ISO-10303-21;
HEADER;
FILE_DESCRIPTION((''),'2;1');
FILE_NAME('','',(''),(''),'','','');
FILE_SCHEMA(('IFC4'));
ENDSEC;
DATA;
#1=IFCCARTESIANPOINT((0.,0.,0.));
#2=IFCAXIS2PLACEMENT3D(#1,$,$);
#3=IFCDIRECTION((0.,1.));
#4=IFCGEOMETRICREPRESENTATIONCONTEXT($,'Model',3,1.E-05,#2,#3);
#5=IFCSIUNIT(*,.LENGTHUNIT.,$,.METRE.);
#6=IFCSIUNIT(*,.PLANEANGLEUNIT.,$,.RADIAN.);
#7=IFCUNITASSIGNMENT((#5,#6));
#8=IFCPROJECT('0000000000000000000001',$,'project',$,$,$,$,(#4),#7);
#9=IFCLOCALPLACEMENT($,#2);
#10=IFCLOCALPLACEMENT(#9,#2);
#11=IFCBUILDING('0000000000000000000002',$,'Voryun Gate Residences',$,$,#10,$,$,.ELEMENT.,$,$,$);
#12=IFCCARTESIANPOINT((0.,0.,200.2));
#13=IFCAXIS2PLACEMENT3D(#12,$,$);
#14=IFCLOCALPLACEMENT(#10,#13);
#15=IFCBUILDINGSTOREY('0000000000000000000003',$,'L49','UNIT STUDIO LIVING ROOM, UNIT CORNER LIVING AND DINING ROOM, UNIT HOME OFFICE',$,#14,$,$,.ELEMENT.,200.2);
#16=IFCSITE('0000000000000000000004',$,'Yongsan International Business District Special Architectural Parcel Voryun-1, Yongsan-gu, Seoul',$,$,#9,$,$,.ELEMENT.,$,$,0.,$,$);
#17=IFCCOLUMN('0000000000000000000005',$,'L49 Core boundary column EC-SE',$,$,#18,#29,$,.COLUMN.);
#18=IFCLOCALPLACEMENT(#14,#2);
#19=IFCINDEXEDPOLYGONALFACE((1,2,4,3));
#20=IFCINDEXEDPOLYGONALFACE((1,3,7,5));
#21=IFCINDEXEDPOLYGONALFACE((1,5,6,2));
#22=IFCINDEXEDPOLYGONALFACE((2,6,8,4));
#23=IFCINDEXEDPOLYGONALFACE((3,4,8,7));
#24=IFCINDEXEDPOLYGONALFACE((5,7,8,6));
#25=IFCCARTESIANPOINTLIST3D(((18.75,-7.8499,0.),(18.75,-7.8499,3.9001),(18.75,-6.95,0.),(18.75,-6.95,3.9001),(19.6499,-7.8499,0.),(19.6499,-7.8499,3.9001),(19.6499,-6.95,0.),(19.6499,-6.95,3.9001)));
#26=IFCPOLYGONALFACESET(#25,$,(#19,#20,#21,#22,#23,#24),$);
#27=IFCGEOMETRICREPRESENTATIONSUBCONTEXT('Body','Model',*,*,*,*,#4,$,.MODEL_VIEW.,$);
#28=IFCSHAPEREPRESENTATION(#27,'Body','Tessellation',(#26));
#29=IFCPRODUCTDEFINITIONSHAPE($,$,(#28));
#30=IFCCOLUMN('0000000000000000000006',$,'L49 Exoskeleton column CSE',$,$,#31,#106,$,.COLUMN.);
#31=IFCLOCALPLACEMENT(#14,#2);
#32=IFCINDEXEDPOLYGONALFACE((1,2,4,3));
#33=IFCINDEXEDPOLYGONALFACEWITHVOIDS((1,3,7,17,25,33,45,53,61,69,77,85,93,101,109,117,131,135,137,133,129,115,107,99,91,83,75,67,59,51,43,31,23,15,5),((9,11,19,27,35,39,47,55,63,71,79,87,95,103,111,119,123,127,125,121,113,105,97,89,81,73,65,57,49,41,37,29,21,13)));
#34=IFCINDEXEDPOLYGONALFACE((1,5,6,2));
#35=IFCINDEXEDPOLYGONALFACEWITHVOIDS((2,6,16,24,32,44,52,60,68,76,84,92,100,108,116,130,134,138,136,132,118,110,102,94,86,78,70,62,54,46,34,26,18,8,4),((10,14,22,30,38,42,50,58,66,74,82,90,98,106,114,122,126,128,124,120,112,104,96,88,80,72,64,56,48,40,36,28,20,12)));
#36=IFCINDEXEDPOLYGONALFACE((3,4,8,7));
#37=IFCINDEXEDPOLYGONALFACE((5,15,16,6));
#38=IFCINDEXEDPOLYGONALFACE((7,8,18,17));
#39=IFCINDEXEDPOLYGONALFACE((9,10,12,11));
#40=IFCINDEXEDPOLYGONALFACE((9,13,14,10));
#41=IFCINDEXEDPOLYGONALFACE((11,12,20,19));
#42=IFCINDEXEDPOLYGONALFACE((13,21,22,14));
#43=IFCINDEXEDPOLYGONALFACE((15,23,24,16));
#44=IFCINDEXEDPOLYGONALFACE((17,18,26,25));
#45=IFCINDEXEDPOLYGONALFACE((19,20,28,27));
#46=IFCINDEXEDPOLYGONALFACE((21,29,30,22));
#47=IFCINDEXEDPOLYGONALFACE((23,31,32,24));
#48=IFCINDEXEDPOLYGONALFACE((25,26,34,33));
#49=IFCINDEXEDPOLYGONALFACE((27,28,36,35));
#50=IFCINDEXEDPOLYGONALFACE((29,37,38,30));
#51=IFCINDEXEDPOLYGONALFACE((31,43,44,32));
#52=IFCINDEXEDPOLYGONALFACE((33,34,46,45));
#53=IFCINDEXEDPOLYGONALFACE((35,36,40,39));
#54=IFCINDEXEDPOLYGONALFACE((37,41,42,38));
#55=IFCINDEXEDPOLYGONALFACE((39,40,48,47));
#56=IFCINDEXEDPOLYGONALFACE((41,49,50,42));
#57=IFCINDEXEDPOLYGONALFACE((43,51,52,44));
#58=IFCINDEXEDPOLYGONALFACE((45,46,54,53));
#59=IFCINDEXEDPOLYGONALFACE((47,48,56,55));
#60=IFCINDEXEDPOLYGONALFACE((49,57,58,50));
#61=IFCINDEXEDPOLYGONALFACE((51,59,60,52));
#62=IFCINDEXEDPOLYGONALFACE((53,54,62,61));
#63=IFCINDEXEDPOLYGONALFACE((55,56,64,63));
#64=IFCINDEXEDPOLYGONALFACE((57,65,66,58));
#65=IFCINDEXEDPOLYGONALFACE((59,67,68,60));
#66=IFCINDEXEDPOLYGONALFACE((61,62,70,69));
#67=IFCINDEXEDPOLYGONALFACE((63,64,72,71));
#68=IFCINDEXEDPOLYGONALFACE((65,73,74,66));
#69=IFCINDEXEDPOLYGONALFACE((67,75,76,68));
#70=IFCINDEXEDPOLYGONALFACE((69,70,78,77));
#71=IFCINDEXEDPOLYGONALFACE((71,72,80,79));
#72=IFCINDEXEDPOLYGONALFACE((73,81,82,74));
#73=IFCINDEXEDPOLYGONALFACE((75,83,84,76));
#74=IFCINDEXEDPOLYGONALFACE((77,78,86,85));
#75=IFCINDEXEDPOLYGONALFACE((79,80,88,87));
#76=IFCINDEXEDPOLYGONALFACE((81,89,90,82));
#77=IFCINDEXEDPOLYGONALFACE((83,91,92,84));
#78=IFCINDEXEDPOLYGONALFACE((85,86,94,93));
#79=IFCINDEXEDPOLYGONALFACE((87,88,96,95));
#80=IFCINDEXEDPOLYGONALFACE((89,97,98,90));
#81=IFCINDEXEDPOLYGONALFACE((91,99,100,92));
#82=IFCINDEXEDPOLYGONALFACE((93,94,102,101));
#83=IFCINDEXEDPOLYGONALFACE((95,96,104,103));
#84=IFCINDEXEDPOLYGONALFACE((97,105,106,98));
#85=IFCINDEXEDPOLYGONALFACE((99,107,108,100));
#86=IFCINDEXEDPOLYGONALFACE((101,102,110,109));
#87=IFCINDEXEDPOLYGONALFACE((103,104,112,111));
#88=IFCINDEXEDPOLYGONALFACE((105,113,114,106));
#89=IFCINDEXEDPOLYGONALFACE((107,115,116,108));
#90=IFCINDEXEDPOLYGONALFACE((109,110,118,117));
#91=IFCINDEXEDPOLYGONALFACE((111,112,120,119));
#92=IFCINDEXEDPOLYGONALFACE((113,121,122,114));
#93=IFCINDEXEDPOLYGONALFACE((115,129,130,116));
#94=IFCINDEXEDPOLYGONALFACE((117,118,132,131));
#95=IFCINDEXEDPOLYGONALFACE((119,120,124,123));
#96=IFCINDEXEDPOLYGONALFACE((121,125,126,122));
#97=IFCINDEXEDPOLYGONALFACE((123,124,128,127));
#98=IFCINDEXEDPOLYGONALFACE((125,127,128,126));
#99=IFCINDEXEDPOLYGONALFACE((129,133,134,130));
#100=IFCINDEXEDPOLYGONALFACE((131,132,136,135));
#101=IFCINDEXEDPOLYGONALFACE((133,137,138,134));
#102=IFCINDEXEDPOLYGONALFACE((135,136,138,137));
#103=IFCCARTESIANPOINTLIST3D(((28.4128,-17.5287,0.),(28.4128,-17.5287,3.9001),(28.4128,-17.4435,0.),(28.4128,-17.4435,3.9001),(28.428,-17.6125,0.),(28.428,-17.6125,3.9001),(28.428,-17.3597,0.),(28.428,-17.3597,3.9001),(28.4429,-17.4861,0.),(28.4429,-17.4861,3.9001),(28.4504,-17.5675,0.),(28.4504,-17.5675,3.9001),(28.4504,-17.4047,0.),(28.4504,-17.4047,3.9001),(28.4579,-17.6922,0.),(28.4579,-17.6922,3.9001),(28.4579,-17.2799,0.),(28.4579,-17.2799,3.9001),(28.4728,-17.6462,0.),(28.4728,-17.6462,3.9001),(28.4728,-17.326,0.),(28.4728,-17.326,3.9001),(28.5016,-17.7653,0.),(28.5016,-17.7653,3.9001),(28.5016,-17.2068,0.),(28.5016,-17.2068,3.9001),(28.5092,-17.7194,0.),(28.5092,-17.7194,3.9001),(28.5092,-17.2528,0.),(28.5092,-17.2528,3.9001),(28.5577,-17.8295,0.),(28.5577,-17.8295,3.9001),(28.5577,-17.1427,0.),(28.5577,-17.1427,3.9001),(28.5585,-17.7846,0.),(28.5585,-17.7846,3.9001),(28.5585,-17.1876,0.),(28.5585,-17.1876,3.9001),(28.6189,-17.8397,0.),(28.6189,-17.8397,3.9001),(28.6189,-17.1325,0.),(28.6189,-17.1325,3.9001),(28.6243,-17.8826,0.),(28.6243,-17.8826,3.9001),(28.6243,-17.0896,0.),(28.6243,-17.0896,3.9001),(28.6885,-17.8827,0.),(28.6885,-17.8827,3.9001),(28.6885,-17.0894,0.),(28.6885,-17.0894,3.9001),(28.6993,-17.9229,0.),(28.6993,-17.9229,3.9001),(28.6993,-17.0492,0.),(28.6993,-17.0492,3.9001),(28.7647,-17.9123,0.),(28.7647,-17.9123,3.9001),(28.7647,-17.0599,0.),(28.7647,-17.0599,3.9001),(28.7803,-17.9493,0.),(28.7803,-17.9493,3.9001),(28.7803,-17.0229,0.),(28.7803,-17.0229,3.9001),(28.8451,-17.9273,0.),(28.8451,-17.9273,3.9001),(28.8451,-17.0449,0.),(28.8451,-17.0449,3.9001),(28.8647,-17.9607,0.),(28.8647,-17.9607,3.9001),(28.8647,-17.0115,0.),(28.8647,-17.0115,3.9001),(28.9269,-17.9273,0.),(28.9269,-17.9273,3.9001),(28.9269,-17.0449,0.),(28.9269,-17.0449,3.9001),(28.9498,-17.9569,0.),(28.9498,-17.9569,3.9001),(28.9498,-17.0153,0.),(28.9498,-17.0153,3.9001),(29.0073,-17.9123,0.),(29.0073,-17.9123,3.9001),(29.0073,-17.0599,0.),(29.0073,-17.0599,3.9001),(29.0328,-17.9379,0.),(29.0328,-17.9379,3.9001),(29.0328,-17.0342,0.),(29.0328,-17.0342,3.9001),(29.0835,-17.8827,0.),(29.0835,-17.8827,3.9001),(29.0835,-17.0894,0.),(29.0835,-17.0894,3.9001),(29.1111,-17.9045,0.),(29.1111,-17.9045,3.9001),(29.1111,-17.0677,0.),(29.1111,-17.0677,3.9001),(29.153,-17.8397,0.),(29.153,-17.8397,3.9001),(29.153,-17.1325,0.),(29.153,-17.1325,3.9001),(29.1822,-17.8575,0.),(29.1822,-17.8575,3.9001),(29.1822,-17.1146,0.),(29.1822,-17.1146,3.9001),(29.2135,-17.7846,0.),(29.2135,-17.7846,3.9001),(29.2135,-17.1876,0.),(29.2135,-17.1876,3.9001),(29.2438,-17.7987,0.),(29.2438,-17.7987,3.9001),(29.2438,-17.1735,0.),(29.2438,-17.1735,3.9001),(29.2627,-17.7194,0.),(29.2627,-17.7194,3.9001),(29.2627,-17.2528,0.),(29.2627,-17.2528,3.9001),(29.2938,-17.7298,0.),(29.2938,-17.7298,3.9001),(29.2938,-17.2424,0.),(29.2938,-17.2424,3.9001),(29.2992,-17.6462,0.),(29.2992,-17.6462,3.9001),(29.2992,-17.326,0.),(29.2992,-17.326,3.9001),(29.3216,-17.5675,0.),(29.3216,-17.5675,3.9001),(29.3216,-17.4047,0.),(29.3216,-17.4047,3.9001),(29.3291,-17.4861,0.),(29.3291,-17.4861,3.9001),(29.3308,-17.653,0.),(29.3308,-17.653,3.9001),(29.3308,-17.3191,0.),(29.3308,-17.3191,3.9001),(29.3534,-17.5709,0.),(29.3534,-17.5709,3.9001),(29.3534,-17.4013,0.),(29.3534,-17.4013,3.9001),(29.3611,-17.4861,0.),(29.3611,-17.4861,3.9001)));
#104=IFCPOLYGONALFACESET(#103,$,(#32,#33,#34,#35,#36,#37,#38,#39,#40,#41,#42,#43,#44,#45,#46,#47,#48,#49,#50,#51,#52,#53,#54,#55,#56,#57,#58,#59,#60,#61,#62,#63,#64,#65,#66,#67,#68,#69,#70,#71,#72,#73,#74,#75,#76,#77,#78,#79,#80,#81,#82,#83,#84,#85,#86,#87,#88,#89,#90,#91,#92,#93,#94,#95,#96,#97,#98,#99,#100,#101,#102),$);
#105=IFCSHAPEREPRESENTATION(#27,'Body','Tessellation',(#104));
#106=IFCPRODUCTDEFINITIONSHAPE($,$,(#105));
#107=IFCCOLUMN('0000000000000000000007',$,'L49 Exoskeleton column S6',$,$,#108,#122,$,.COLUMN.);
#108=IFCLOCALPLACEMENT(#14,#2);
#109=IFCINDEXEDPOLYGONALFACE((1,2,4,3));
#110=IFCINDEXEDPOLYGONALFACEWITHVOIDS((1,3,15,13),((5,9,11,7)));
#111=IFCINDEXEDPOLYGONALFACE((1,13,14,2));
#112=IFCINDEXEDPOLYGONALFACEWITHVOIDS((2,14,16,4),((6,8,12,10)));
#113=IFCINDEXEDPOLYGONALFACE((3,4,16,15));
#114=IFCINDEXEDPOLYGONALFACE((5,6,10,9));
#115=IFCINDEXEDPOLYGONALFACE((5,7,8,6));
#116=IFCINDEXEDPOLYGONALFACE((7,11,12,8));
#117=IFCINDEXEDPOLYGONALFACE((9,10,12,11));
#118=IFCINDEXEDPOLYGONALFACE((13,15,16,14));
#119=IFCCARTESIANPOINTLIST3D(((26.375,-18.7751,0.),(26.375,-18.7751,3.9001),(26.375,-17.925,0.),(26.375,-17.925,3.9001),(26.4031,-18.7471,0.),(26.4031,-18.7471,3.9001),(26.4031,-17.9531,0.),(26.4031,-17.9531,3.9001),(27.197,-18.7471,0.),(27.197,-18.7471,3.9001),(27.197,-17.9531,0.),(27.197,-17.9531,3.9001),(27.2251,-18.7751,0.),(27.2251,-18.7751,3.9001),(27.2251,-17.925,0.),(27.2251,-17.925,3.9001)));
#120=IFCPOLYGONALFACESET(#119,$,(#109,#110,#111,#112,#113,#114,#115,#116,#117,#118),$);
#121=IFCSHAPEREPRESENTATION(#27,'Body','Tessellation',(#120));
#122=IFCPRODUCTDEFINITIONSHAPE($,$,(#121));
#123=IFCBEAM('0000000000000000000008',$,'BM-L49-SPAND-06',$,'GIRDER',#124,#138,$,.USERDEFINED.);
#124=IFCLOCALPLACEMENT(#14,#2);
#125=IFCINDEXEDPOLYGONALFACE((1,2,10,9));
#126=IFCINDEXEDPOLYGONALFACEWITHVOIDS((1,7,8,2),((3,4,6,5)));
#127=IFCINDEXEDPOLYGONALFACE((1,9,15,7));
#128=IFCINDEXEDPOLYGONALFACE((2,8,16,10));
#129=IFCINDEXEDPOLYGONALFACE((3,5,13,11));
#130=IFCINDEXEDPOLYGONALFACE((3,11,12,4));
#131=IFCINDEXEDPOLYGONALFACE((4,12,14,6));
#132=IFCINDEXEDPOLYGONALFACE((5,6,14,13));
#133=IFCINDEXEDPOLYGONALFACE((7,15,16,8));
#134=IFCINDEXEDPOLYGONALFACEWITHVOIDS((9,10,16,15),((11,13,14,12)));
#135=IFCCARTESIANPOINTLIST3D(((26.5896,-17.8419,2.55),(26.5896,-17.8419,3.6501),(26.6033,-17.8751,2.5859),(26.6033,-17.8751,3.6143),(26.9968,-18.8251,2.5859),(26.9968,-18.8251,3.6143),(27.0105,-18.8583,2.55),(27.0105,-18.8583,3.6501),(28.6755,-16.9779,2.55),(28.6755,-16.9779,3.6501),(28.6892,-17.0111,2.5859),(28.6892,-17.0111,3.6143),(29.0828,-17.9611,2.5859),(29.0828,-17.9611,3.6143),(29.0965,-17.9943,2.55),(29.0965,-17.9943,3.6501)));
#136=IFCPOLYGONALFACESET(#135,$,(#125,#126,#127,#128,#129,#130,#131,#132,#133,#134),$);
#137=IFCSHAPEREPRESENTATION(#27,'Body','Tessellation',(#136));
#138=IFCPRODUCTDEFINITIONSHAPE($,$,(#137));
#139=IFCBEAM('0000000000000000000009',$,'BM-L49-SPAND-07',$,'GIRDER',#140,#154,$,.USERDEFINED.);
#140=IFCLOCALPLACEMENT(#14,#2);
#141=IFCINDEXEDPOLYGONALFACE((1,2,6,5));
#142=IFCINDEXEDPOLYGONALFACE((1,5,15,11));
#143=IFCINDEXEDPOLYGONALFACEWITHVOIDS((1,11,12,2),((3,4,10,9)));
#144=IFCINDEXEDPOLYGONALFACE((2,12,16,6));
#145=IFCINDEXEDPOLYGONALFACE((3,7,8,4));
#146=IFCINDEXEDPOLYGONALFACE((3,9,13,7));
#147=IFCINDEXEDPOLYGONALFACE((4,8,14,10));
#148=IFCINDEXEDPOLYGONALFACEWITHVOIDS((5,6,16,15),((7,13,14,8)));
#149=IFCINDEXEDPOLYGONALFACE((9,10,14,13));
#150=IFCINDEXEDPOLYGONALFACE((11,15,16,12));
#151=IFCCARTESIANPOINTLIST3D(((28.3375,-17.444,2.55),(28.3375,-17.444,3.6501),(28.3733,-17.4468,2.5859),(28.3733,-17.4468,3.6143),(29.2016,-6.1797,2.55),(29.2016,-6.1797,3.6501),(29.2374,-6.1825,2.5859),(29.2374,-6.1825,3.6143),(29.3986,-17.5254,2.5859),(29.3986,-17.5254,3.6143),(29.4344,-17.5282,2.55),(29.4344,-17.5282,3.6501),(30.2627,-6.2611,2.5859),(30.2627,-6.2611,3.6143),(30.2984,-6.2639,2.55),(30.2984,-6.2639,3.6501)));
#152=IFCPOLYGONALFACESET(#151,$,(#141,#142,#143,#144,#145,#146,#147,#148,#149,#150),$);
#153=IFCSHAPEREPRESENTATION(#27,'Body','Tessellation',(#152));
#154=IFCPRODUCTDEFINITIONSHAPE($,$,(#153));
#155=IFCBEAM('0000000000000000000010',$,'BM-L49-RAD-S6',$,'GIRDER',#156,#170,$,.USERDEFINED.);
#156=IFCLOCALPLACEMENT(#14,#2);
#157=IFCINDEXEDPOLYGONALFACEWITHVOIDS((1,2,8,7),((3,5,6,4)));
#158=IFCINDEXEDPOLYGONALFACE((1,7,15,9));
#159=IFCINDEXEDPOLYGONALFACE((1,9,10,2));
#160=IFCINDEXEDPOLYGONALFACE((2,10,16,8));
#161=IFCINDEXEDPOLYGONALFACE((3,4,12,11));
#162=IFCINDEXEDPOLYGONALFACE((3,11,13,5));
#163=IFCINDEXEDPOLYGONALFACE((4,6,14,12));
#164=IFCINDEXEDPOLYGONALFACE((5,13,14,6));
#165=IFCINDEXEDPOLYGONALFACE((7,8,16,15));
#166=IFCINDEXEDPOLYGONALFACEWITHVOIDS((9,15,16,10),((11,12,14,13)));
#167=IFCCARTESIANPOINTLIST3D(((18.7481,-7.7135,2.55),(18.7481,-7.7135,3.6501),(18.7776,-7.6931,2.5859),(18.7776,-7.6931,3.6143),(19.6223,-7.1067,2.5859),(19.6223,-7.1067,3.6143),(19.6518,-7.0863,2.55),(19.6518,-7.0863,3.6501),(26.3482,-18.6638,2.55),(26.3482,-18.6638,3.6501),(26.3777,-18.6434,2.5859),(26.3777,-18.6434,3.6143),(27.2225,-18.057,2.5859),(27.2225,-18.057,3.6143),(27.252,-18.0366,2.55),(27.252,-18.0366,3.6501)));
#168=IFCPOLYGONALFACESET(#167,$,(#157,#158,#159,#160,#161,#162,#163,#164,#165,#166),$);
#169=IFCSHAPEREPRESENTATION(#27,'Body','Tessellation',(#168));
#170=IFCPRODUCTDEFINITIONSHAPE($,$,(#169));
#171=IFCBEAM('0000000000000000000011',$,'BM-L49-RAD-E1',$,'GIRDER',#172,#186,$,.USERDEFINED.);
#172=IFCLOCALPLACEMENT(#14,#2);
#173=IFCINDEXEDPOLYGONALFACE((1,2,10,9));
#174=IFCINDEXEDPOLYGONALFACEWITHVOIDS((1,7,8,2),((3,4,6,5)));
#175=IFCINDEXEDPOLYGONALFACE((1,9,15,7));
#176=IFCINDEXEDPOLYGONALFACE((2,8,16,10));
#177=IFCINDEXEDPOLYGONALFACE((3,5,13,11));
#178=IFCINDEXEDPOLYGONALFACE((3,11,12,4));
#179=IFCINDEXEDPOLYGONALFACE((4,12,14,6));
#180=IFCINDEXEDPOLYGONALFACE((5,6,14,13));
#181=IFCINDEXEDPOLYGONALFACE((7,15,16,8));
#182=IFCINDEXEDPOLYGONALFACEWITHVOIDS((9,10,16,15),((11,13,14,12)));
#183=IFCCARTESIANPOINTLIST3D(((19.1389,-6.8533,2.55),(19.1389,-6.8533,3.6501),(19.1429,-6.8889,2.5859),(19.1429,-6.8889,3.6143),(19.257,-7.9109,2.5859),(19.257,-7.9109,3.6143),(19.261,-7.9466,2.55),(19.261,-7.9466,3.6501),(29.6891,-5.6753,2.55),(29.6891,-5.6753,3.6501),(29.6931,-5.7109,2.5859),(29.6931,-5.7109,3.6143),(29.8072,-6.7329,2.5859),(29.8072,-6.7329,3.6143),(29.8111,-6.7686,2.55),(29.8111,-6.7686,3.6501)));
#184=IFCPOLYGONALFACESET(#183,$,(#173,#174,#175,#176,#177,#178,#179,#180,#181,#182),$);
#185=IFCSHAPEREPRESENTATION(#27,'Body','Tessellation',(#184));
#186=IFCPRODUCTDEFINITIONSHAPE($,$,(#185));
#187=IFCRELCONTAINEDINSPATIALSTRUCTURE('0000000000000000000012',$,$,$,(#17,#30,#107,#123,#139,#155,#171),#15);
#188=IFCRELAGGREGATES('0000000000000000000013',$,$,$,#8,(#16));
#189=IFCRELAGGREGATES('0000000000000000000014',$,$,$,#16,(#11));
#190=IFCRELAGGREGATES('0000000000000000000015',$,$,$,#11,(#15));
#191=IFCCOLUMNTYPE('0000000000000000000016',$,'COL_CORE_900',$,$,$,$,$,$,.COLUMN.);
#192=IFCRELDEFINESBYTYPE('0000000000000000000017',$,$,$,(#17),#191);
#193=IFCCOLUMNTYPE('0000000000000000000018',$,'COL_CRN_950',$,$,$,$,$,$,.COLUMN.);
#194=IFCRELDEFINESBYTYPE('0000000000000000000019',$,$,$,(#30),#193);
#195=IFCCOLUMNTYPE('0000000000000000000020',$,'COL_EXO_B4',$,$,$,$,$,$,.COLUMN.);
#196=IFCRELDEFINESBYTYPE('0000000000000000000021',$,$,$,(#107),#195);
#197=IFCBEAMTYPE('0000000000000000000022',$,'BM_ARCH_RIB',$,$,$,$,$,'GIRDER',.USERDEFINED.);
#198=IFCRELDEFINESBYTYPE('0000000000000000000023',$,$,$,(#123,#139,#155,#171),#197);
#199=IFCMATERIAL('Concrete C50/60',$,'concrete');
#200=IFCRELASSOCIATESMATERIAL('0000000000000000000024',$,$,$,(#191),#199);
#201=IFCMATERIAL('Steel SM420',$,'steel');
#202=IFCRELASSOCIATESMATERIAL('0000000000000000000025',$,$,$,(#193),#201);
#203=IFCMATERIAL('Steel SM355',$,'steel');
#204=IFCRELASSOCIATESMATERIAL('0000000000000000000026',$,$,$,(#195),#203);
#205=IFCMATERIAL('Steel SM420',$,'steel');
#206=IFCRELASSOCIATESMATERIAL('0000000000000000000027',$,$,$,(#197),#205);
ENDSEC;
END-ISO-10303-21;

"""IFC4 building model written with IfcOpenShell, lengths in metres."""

from ifc_helpers import new_model, si_unit, direction, frame, origin, origin_2d, place, context, subcontext, project, spatial, rectangle, hollow_rectangle, hollow_circle, extrude, material, material_profile, profile_set, type_object, element, save


model = new_model("IFC4")

# Units and contexts
model_context = context("Model", 3, precision=1e-05, world=origin(), true_north=direction((0.0, 1.0)))
body_context = subcontext(model_context, "Body", "Model", "MODEL_VIEW")
ifc_project = project(units=[si_unit("LENGTHUNIT", "METRE"), si_unit("PLANEANGLEUNIT", "RADIAN")], contexts=[model_context])

# Site, building, storey
site_placement = place(None, origin())
site = spatial("IfcSite", under=ifc_project, at=site_placement, Name="Yongsan International Business District Special Architectural Parcel Voryun-1, Yongsan-gu, Seoul", CompositionType="ELEMENT", RefElevation=0.0)
building_placement = place(site_placement, origin())
building = spatial("IfcBuilding", under=site, at=building_placement, Name="Voryun Gate Residences", CompositionType="ELEMENT")
storey_placement = place(building_placement, frame((0.0, 0.0, 200.2)))
storey = spatial("IfcBuildingStorey", under=building, at=storey_placement, Name="L49", Description="UNIT STUDIO LIVING ROOM, UNIT CORNER LIVING AND DINING ROOM, UNIT HOME OFFICE", CompositionType="ELEMENT", Elevation=200.2)

# Columns
ifc_material_1 = material(Name="Concrete C50/60", Category="concrete")
ifc_material_profile_1 = material_profile(ifc_material_1, rectangle(XDim=0.8999, YDim=0.8999, at=origin_2d()), Name="RC-900x900")
ifc_profile_set_1 = profile_set([ifc_material_profile_1], Name="Concrete C50/60")
column_type_1 = type_object("IfcColumnType", Name="COL_CORE_900", PredefinedType="COLUMN", material=ifc_profile_set_1)
column_1_placement = place(storey_placement, frame((19.2, -7.3999, 0.0), z_axis=(0.0, 0.0, 1.0), x_axis=(1.0, 0.0, 0.0)))
element("IfcColumn", 1, at=column_1_placement, inside=storey, type_object=column_type_1, Name="L49 Core boundary column EC-SE", PredefinedType="COLUMN", context=body_context, shape_type="SweptSolid", body=[
    extrude(rectangle(XDim=0.8999, YDim=0.8999, at=origin_2d()), origin(), (0.0, 0.0, 1.0), 3.9001),
])
ifc_material_2 = material(Name="Steel SM420", Category="steel")
ifc_material_profile_2 = material_profile(ifc_material_2, hollow_circle(Radius=0.4751, WallThickness=0.032, at=origin_2d()), Name="CHS-950x32")
ifc_profile_set_2 = profile_set([ifc_material_profile_2], Name="Steel SM420")
column_type_2 = type_object("IfcColumnType", Name="COL_CRN_950", PredefinedType="COLUMN", material=ifc_profile_set_2)
column_2_placement = place(storey_placement, frame((28.886, -17.4861, 0.0), z_axis=(0.0, 0.0, 1.0), x_axis=(1.0, 0.0, 0.0)))
element("IfcColumn", 2, at=column_2_placement, inside=storey, type_object=column_type_2, Name="L49 Exoskeleton column CSE", PredefinedType="COLUMN", context=body_context, shape_type="SweptSolid", body=[
    extrude(hollow_circle(Radius=0.4751, WallThickness=0.032, at=origin_2d()), origin(), (0.0, 0.0, 1.0), 3.9001),
])
ifc_material_3 = material(Name="Steel SM355", Category="steel")
ifc_material_profile_3 = material_profile(ifc_material_3, hollow_rectangle(XDim=0.8501, YDim=0.8501, WallThickness=0.0281, at=origin_2d()), Name="BOX-850x850x28")
ifc_profile_set_3 = profile_set([ifc_material_profile_3], Name="Steel SM355")
column_type_3 = type_object("IfcColumnType", Name="COL_EXO_B4", PredefinedType="COLUMN", material=ifc_profile_set_3)
column_3_placement = place(storey_placement, frame((26.8, -18.3501, 0.0), z_axis=(0.0, 0.0, 1.0), x_axis=(1.0, 0.0, 0.0)))
element("IfcColumn", 3, at=column_3_placement, inside=storey, type_object=column_type_3, Name="L49 Exoskeleton column S6", PredefinedType="COLUMN", context=body_context, shape_type="SweptSolid", body=[
    extrude(hollow_rectangle(XDim=0.8501, YDim=0.8501, WallThickness=0.0281, at=origin_2d()), origin(), (0.0, 0.0, 1.0), 3.9001),
])

# Beams
ifc_material_4 = material(Name="Steel SM420", Category="steel")
ifc_material_profile_4 = material_profile(ifc_material_4, hollow_rectangle(XDim=1.1001, YDim=1.1001, WallThickness=0.0359, at=origin_2d()), Name="BOX-1100x1100x36")
ifc_profile_set_4 = profile_set([ifc_material_profile_4], Name="Steel SM420")
beam_type = type_object("IfcBeamType", Name="BM_ARCH_RIB", ElementType="GIRDER", PredefinedType="USERDEFINED", material=ifc_profile_set_4)
beam_1_placement = place(storey_placement, frame((26.8, -18.3501, 3.1001), z_axis=(0.923881, 0.38268, 0.0), x_axis=(-0.38268, 0.923881, 0.0)))
element("IfcBeam", 4, at=beam_1_placement, inside=storey, type_object=beam_type, Name="BM-L49-SPAND-06", ObjectType="GIRDER", PredefinedType="USERDEFINED", context=body_context, shape_type="SweptSolid", body=[
    extrude(hollow_rectangle(XDim=1.1001, YDim=1.1001, WallThickness=0.0359, at=origin_2d()), origin(), (0.0, 0.0, 1.0), 2.2578),
])
beam_2_placement = place(storey_placement, frame((28.886, -17.4861, 3.1001), z_axis=(0.07648, 0.997071, 0.0), x_axis=(-0.997071, 0.07648, 0.0)))
element("IfcBeam", 5, at=beam_2_placement, inside=storey, type_object=beam_type, Name="BM-L49-SPAND-07", ObjectType="GIRDER", PredefinedType="USERDEFINED", context=body_context, shape_type="SweptSolid", body=[
    extrude(hollow_rectangle(XDim=1.1001, YDim=1.1001, WallThickness=0.0359, at=origin_2d()), origin(), (0.0, 0.0, 1.0), 11.2974),
])
beam_3_placement = place(storey_placement, frame((19.2, -7.3999, 3.1001), z_axis=(0.570183, -0.821518, 0.0), x_axis=(0.821518, 0.570183, 0.0)))
element("IfcBeam", 6, at=beam_3_placement, inside=storey, type_object=beam_type, Name="BM-L49-RAD-S6", ObjectType="GIRDER", PredefinedType="USERDEFINED", context=body_context, shape_type="SweptSolid", body=[
    extrude(hollow_rectangle(XDim=1.1001, YDim=1.1001, WallThickness=0.0359, at=origin_2d()), origin(), (0.0, 0.0, 1.0), 13.3293),
])
beam_4_placement = place(storey_placement, frame((19.2, -7.3999, 3.1001), z_axis=(0.993824, 0.110967, 0.0), x_axis=(-0.110967, 0.993824, 0.0)))
element("IfcBeam", 7, at=beam_4_placement, inside=storey, type_object=beam_type, Name="BM-L49-RAD-E1", ObjectType="GIRDER", PredefinedType="USERDEFINED", context=body_context, shape_type="SweptSolid", body=[
    extrude(hollow_rectangle(XDim=1.1001, YDim=1.1001, WallThickness=0.0359, at=origin_2d()), origin(), (0.0, 0.0, 1.0), 10.6157),
])

save(model, "model.ifc")
